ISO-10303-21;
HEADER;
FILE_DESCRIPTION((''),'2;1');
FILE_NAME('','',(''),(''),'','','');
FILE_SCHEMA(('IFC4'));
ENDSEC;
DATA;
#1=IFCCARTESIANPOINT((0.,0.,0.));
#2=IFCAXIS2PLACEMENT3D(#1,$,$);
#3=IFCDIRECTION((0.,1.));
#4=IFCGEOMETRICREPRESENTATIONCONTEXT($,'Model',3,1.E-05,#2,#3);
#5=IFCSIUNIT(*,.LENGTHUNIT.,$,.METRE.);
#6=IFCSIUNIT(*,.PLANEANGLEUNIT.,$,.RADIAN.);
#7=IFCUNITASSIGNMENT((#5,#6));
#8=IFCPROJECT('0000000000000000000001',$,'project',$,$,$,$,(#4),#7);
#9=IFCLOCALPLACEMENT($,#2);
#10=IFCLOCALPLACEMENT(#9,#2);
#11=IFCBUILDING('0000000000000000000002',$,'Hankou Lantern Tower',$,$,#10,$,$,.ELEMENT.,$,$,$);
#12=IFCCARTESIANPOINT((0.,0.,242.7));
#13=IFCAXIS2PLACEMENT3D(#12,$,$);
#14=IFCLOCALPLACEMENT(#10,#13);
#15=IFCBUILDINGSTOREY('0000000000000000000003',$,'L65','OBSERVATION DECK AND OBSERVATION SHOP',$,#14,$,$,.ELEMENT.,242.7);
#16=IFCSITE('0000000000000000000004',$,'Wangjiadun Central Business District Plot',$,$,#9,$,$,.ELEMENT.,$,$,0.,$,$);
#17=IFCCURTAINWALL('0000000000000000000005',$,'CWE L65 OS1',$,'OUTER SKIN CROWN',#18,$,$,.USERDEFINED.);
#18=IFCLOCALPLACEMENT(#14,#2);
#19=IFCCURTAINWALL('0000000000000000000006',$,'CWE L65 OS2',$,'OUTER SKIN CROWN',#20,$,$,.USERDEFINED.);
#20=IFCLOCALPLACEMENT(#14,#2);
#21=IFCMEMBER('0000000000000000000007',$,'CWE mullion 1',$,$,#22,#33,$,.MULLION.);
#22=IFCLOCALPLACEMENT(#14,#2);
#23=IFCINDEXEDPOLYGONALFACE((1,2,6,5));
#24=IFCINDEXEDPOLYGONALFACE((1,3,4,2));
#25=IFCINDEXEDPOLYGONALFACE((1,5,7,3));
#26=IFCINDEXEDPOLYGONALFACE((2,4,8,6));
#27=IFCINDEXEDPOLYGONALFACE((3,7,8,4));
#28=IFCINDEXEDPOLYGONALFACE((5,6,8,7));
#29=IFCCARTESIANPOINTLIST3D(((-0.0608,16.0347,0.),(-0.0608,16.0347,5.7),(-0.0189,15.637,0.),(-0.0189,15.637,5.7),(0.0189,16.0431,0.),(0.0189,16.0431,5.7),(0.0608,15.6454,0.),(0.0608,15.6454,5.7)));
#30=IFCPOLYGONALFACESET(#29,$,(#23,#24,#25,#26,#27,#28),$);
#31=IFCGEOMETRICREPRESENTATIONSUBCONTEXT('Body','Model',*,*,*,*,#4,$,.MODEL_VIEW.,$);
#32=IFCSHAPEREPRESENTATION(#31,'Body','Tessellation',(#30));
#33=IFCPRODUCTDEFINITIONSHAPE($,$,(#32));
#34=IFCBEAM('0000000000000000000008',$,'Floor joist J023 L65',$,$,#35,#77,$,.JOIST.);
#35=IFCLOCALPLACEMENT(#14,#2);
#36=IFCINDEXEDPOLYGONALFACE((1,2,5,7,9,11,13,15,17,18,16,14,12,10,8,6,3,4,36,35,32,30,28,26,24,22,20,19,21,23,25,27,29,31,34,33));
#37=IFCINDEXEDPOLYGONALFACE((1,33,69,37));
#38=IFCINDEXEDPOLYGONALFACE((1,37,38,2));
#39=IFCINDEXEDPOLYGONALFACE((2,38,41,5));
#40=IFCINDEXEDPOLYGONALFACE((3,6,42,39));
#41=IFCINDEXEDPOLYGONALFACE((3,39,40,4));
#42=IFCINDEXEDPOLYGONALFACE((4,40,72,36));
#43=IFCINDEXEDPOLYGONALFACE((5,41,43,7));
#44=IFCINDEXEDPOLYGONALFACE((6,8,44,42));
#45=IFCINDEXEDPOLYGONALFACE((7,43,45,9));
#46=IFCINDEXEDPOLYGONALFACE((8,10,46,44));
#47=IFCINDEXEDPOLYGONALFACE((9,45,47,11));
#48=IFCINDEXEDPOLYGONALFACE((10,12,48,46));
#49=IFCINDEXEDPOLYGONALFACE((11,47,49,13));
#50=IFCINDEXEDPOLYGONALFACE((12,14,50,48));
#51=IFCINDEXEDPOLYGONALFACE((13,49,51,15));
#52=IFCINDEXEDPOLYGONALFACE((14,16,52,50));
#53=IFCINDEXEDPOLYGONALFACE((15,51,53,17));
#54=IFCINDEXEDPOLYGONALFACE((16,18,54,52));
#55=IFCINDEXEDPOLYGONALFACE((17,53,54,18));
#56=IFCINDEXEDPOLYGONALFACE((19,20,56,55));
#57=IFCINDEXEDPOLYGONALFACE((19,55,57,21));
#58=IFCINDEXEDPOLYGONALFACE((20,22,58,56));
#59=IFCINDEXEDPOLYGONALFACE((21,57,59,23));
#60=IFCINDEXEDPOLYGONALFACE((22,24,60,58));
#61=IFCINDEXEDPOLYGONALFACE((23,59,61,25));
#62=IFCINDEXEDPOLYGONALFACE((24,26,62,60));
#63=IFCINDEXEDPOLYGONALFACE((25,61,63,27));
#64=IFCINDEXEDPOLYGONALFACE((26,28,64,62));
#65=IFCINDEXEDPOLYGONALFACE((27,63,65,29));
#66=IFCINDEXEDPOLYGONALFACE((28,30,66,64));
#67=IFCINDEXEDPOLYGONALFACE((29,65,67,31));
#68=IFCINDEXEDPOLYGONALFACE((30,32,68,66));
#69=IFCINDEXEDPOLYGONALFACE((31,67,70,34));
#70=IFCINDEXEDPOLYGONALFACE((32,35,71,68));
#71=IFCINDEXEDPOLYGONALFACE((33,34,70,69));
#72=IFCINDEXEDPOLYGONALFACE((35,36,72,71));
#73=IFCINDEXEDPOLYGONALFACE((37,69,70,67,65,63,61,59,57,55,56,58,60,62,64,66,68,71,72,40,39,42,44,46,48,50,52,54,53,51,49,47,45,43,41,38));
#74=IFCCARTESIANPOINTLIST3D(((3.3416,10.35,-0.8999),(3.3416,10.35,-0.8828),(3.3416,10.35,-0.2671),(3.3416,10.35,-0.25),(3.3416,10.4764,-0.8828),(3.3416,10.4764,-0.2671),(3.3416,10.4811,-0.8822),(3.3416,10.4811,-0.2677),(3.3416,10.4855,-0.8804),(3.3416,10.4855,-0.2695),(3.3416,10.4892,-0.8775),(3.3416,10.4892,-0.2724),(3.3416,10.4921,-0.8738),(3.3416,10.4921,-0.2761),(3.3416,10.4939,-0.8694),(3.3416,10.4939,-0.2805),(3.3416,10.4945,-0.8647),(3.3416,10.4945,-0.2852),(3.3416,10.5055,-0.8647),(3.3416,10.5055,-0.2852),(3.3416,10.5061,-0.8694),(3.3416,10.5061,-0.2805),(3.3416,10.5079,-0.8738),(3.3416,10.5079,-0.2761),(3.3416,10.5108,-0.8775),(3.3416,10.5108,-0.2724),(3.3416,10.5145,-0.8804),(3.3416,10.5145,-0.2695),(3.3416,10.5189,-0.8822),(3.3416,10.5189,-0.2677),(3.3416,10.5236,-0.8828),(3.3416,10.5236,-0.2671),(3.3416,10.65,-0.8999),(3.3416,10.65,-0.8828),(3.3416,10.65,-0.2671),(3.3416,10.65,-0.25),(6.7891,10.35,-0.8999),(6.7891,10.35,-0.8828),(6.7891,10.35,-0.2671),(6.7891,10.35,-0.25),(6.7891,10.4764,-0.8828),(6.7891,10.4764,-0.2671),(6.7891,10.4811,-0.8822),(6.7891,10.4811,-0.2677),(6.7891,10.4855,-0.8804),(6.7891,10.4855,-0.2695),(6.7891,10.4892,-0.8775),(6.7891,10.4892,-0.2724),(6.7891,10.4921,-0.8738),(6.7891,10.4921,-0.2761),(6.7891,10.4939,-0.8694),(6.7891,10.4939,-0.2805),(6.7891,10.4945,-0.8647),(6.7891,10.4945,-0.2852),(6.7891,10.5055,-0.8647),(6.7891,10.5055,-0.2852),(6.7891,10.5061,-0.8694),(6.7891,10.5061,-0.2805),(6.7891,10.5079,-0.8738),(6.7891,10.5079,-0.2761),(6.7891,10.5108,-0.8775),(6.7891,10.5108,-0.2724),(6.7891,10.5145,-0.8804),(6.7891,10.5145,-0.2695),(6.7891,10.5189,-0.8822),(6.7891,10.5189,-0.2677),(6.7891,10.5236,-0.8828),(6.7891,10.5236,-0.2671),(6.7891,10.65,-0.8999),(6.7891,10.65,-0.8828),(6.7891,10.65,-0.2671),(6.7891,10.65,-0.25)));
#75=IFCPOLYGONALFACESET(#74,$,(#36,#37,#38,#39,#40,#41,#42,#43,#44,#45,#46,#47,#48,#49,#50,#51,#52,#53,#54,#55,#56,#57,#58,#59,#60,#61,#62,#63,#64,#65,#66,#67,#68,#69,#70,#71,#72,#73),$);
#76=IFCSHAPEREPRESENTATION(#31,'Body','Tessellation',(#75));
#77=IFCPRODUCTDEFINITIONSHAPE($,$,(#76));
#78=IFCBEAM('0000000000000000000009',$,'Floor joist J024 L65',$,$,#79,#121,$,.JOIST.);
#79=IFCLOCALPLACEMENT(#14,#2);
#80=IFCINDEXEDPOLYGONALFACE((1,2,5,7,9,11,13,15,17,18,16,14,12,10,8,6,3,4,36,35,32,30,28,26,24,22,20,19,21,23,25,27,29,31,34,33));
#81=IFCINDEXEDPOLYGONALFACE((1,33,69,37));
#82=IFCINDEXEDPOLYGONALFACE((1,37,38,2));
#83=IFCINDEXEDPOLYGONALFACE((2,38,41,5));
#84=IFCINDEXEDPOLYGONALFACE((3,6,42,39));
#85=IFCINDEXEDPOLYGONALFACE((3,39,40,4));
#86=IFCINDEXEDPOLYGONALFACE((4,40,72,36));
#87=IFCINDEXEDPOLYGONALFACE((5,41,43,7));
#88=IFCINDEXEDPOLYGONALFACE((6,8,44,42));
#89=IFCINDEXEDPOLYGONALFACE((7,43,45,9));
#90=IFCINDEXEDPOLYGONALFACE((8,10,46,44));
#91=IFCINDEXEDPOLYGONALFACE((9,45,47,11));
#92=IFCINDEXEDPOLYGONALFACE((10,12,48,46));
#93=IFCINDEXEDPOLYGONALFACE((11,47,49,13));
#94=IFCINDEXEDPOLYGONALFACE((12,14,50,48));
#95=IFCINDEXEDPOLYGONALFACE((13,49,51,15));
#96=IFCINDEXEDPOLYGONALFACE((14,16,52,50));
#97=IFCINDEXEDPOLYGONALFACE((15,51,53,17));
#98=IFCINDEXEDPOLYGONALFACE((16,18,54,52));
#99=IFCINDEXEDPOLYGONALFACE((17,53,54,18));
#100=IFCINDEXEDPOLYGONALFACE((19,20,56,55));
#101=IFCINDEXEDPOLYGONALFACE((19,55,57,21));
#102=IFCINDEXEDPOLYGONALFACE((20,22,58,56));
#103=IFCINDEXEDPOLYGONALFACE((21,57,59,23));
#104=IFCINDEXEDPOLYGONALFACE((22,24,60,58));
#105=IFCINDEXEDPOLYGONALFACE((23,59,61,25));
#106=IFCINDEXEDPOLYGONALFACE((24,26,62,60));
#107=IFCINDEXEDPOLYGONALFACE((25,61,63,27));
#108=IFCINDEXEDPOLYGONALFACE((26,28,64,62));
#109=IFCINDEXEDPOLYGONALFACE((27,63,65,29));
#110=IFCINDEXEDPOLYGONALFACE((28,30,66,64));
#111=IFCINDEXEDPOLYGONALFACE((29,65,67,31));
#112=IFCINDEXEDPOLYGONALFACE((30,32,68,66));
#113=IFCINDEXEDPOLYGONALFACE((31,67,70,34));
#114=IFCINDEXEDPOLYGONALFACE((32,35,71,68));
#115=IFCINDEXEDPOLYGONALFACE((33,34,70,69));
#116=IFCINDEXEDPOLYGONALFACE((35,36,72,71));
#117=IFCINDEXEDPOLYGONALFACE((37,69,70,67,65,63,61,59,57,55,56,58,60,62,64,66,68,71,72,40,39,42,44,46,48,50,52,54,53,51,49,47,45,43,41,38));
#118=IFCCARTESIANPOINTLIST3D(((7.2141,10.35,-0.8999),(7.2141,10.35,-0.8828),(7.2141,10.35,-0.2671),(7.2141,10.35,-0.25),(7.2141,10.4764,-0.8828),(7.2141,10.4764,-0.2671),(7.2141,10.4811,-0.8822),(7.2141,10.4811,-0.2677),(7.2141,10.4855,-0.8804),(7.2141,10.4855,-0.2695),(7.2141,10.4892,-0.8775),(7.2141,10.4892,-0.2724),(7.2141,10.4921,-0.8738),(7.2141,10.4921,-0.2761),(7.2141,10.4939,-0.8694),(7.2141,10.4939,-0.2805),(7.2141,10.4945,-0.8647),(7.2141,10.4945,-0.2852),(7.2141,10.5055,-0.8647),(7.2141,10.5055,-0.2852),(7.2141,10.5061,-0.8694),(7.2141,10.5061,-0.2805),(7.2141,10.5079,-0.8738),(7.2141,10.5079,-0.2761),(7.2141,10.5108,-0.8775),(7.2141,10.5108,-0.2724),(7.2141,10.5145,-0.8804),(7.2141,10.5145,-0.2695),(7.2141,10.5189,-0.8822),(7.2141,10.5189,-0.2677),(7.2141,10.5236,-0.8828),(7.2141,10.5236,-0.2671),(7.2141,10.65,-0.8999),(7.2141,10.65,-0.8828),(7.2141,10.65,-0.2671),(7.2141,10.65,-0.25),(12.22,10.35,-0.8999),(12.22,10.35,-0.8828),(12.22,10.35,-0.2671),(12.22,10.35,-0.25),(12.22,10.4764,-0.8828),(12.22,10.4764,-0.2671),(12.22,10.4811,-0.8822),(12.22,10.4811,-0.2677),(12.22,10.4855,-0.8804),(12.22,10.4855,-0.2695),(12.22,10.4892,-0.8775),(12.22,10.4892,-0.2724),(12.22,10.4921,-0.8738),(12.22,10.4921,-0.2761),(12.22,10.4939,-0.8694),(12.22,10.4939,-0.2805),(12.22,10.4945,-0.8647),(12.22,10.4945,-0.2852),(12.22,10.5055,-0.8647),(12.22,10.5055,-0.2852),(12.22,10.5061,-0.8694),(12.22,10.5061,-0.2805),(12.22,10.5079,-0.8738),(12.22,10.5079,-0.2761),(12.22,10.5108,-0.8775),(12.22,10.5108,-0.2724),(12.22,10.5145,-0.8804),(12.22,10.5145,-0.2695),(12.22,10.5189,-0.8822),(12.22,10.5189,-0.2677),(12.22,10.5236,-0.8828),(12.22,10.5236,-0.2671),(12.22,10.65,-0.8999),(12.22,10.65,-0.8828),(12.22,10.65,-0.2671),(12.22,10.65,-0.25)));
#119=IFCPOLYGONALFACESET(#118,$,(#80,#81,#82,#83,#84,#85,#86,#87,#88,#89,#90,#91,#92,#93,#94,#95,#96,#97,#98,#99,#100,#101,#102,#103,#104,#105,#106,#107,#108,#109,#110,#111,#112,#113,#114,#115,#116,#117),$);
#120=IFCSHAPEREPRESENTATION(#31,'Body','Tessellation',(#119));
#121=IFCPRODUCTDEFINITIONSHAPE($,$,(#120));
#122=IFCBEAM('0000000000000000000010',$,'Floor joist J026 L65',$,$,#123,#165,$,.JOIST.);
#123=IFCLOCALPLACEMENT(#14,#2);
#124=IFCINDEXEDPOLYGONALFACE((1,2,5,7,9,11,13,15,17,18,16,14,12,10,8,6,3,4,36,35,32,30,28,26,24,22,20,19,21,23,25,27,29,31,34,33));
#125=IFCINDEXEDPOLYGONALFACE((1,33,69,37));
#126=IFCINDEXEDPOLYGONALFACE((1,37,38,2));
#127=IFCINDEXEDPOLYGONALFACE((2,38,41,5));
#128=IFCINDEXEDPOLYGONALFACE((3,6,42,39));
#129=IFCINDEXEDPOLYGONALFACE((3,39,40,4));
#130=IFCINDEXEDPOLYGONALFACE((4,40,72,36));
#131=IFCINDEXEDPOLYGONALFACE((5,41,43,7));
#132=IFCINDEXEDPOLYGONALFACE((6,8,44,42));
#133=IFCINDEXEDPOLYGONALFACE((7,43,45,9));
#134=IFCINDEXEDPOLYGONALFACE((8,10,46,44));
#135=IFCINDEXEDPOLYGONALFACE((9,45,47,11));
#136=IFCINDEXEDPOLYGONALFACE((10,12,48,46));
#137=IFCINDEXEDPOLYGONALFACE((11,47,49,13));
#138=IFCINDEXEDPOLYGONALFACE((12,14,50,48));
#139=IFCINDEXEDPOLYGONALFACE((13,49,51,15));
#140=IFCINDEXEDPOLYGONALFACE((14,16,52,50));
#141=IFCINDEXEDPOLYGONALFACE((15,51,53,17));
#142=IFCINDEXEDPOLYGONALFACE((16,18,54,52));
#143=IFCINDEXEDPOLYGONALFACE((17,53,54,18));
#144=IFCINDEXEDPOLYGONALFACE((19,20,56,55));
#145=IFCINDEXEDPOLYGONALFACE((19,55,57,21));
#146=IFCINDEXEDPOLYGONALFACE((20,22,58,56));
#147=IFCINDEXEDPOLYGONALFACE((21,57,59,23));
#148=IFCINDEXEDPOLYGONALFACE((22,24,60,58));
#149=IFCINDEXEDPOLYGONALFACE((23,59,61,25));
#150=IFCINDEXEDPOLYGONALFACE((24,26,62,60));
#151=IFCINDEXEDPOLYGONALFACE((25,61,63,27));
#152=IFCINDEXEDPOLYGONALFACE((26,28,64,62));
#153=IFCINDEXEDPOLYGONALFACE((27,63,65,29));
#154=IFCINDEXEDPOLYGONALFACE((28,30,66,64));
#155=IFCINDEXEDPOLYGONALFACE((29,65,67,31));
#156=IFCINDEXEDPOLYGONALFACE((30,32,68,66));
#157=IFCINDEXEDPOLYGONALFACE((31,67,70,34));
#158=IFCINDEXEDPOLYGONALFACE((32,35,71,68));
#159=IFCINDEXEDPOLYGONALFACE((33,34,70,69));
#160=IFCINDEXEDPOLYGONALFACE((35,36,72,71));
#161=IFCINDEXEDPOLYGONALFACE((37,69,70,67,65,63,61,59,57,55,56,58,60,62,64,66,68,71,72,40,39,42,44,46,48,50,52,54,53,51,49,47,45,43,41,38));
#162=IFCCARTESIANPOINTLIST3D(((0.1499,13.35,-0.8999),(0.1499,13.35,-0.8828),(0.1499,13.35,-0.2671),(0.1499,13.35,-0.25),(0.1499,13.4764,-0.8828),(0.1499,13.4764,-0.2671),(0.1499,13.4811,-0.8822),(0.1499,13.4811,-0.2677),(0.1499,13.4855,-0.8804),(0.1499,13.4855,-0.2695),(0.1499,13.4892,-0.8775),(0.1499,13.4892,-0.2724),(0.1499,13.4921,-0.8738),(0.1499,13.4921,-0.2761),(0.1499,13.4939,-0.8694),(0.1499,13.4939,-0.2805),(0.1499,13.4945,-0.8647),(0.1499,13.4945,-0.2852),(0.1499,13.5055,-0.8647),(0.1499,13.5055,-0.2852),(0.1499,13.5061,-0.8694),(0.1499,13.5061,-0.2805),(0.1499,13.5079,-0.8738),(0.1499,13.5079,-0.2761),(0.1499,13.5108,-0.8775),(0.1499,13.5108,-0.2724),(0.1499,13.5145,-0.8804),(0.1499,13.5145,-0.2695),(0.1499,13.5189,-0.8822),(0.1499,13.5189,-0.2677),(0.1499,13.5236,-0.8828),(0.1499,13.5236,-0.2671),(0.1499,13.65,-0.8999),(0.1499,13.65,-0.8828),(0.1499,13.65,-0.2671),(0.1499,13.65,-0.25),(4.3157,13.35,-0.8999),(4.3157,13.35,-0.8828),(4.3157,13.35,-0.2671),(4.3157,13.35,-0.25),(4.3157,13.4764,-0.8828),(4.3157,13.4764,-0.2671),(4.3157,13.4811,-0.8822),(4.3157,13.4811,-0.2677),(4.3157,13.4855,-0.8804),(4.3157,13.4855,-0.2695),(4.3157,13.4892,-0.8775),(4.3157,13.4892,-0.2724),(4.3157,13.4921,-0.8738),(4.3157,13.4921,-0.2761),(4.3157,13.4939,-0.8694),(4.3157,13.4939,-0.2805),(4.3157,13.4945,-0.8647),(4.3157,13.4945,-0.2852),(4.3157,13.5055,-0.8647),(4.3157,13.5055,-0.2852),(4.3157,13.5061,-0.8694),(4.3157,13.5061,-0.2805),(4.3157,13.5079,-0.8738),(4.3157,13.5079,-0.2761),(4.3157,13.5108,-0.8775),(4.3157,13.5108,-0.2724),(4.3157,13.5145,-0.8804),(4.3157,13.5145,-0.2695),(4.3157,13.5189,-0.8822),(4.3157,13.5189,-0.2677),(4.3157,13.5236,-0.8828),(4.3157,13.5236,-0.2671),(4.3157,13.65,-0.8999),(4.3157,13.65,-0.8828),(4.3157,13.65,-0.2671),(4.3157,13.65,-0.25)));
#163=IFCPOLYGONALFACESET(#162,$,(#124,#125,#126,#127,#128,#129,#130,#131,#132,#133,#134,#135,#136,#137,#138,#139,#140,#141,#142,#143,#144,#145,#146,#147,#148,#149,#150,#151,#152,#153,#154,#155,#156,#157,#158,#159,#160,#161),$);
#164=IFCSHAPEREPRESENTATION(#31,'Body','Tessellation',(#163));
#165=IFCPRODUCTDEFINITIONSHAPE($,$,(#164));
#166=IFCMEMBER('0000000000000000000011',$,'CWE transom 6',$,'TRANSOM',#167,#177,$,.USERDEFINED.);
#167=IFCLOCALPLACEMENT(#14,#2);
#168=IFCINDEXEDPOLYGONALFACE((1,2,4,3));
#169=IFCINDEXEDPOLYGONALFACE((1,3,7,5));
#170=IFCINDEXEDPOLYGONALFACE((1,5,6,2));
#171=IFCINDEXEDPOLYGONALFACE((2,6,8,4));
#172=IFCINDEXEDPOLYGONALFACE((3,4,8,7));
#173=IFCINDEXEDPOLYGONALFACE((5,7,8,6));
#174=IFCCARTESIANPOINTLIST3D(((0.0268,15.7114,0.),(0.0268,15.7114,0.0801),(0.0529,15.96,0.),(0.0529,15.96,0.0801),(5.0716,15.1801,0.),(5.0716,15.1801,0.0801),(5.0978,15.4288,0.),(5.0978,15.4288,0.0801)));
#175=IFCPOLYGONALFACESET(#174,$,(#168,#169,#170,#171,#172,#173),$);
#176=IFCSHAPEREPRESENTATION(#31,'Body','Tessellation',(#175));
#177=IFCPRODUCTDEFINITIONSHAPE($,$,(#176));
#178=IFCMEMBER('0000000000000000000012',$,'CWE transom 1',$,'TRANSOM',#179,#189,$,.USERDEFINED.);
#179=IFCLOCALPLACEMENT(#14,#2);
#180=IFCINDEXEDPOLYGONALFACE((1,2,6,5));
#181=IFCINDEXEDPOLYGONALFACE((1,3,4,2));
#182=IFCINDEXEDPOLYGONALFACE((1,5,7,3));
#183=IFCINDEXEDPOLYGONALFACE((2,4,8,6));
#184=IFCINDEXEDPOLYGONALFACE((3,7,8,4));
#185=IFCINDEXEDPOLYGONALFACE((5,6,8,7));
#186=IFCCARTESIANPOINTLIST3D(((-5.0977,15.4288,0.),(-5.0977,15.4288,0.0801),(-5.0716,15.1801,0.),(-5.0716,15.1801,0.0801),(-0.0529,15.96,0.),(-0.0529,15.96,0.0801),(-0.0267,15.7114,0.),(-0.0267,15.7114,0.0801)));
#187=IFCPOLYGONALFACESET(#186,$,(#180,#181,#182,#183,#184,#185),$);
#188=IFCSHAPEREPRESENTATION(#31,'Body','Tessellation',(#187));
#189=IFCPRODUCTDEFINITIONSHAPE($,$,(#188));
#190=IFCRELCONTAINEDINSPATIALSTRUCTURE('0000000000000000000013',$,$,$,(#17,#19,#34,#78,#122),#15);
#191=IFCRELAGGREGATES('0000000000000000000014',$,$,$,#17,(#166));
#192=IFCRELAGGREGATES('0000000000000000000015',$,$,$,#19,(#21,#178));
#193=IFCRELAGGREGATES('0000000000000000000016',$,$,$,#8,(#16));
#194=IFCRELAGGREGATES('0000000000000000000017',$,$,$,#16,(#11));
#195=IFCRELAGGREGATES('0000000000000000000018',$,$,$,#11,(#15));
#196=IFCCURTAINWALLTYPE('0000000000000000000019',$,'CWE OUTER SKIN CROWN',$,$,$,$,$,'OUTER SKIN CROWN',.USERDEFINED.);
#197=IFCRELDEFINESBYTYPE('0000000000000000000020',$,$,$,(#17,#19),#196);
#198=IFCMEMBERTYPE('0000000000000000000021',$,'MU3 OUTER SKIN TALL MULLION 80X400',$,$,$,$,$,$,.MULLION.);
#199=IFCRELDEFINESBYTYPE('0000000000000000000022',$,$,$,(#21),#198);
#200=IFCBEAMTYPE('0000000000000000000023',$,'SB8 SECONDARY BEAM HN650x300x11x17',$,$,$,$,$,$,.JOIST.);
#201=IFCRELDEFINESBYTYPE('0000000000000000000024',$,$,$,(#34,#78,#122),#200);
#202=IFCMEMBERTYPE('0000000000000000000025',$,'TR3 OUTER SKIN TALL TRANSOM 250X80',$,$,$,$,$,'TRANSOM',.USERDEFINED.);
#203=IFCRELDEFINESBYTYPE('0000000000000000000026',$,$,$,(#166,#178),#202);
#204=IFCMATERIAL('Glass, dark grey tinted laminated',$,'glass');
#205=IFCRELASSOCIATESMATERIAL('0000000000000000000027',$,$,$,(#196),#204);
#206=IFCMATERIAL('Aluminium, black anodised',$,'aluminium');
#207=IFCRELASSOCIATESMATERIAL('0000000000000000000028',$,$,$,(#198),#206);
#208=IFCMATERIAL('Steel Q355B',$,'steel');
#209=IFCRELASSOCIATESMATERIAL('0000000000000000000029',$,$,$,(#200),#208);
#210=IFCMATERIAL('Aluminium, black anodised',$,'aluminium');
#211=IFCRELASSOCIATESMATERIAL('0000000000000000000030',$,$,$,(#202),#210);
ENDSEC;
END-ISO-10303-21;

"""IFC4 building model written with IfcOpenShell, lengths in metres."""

from ifc_helpers import new_model, si_unit, direction, frame, origin, origin_2d, place, context, subcontext, project, spatial, rectangle, i_section, extrude, material, material_profile, profile_set, type_object, element, aggregate, save


model = new_model("IFC4")

# Units and contexts
model_context = context("Model", 3, precision=1e-05, world=origin(), true_north=direction((0.0, 1.0)))
body_context = subcontext(model_context, "Body", "Model", "MODEL_VIEW")
ifc_project = project(units=[si_unit("LENGTHUNIT", "METRE"), si_unit("PLANEANGLEUNIT", "RADIAN")], contexts=[model_context])

# Site, building, storey
site_placement = place(None, origin())
site = spatial("IfcSite", under=ifc_project, at=site_placement, Name="Wangjiadun Central Business District Plot", CompositionType="ELEMENT", RefElevation=0.0)
building_placement = place(site_placement, origin())
building = spatial("IfcBuilding", under=site, at=building_placement, Name="Hankou Lantern Tower", CompositionType="ELEMENT")
storey_placement = place(building_placement, frame((0.0, 0.0, 242.7)))
storey = spatial("IfcBuildingStorey", under=building, at=storey_placement, Name="L65", Description="OBSERVATION DECK AND OBSERVATION SHOP", CompositionType="ELEMENT", Elevation=242.7)

# Curtain walls, member
ifc_material_1 = material(Name="Glass, dark grey tinted laminated", Category="glass")
curtain_wall_type = type_object("IfcCurtainWallType", Name="CWE OUTER SKIN CROWN", ElementType="OUTER SKIN CROWN", PredefinedType="USERDEFINED", material=ifc_material_1)
curtain_wall_1_placement = place(storey_placement, origin())
curtain_wall_1 = element("IfcCurtainWall", 1, at=curtain_wall_1_placement, inside=storey, type_object=curtain_wall_type, Name="CWE L65 OS1", ObjectType="OUTER SKIN CROWN", PredefinedType="USERDEFINED")
ifc_material_2 = material(Name="Aluminium, black anodised", Category="aluminium")
ifc_material_profile_1 = material_profile(ifc_material_2, rectangle(XDim=0.0801, YDim=0.3999, at=origin_2d()), Name="MU3 80X400")
ifc_profile_set_1 = profile_set([ifc_material_profile_1], Name="Aluminium, black anodised")
member_type_1 = type_object("IfcMemberType", Name="MU3 OUTER SKIN TALL MULLION 80X400", PredefinedType="MULLION", material=ifc_profile_set_1)
curtain_wall_2_placement = place(storey_placement, origin())
curtain_wall_2 = element("IfcCurtainWall", 2, at=curtain_wall_2_placement, inside=storey, type_object=curtain_wall_type, Name="CWE L65 OS2", ObjectType="OUTER SKIN CROWN", PredefinedType="USERDEFINED")
member_1_placement = place(storey_placement, frame((0.0, 15.8401, 0.0), z_axis=(0.0, 0.0, 1.0), x_axis=(-0.994499, -0.104743, 0.0)))
member_1 = element("IfcMember", 3, at=member_1_placement, type_object=member_type_1, Name="CWE mullion 1", PredefinedType="MULLION", context=body_context, shape_type="SweptSolid", body=[
    extrude(rectangle(XDim=0.0801, YDim=0.3999, at=origin_2d()), origin(), (0.0, 0.0, 1.0), 5.7),
])

# Beams
ifc_material_3 = material(Name="Steel Q355B", Category="steel")
ifc_material_profile_2 = material_profile(ifc_material_3, i_section(OverallWidth=0.3, OverallDepth=0.6499, WebThickness=0.011, FlangeThickness=0.0171, FilletRadius=0.0181, at=origin_2d()), Name="HN650x300x11x17")
ifc_profile_set_2 = profile_set([ifc_material_profile_2], Name="Steel Q355B")
beam_type_1 = type_object("IfcBeamType", Name="SB8 SECONDARY BEAM HN650x300x11x17", PredefinedType="JOIST", material=ifc_profile_set_2)
beam_1_placement = place(storey_placement, frame((3.3416, 10.5, -0.575), z_axis=(1.0, 0.0, 0.0), x_axis=(0.0, 1.0, 0.0)))
element("IfcBeam", 4, at=beam_1_placement, inside=storey, type_object=beam_type_1, Name="Floor joist J023 L65", PredefinedType="JOIST", context=body_context, shape_type="SweptSolid", body=[
    extrude(i_section(OverallWidth=0.3, OverallDepth=0.6499, WebThickness=0.011, FlangeThickness=0.0171, FilletRadius=0.0181, at=origin_2d()), origin(), (0.0, 0.0, 1.0), 3.4475),
])
beam_2_placement = place(storey_placement, frame((7.2141, 10.5, -0.575), z_axis=(1.0, 0.0, 0.0), x_axis=(0.0, 1.0, 0.0)))
element("IfcBeam", 5, at=beam_2_placement, inside=storey, type_object=beam_type_1, Name="Floor joist J024 L65", PredefinedType="JOIST", context=body_context, shape_type="SweptSolid", body=[
    extrude(i_section(OverallWidth=0.3, OverallDepth=0.6499, WebThickness=0.011, FlangeThickness=0.0171, FilletRadius=0.0181, at=origin_2d()), origin(), (0.0, 0.0, 1.0), 5.0059),
])
beam_3_placement = place(storey_placement, frame((0.1499, 13.5, -0.575), z_axis=(1.0, 0.0, 0.0), x_axis=(0.0, 1.0, 0.0)))
element("IfcBeam", 6, at=beam_3_placement, inside=storey, type_object=beam_type_1, Name="Floor joist J026 L65", PredefinedType="JOIST", context=body_context, shape_type="SweptSolid", body=[
    extrude(i_section(OverallWidth=0.3, OverallDepth=0.6499, WebThickness=0.011, FlangeThickness=0.0171, FilletRadius=0.0181, at=origin_2d()), origin(), (0.0, 0.0, 1.0), 4.1658),
])

# Members
ifc_material_4 = material(Name="Aluminium, black anodised", Category="aluminium")
ifc_material_profile_3 = material_profile(ifc_material_4, rectangle(XDim=0.25, YDim=0.0801, at=origin_2d()), Name="TR3 250X80")
ifc_profile_set_3 = profile_set([ifc_material_profile_3], Name="Aluminium, black anodised")
member_type_2 = type_object("IfcMemberType", Name="TR3 OUTER SKIN TALL TRANSOM 250X80", ElementType="TRANSOM", PredefinedType="USERDEFINED", material=ifc_profile_set_3)
member_2_placement = place(storey_placement, frame((5.0847, 15.3044, 0.04), z_axis=(-0.994501, 0.104725, 0.0), x_axis=(-0.104725, -0.994501, 0.0)))
member_2 = element("IfcMember", 7, at=member_2_placement, type_object=member_type_2, Name="CWE transom 6", ObjectType="TRANSOM", PredefinedType="USERDEFINED", context=body_context, shape_type="SweptSolid", body=[
    extrude(rectangle(XDim=0.25, YDim=0.0801, at=origin_2d()), origin(), (0.0, 0.0, 1.0), 5.0728),
])
member_3_placement = place(storey_placement, frame((-0.0398, 15.8357, 0.04), z_axis=(-0.994501, -0.104725, 0.0), x_axis=(0.104725, -0.994501, 0.0)))
member_3 = element("IfcMember", 8, at=member_3_placement, type_object=member_type_2, Name="CWE transom 1", ObjectType="TRANSOM", PredefinedType="USERDEFINED", context=body_context, shape_type="SweptSolid", body=[
    extrude(rectangle(XDim=0.25, YDim=0.0801, at=origin_2d()), origin(), (0.0, 0.0, 1.0), 5.0728),
])

aggregate(curtain_wall_1, [member_2])
aggregate(curtain_wall_2, [member_1, member_3])

save(model, "model.ifc")
